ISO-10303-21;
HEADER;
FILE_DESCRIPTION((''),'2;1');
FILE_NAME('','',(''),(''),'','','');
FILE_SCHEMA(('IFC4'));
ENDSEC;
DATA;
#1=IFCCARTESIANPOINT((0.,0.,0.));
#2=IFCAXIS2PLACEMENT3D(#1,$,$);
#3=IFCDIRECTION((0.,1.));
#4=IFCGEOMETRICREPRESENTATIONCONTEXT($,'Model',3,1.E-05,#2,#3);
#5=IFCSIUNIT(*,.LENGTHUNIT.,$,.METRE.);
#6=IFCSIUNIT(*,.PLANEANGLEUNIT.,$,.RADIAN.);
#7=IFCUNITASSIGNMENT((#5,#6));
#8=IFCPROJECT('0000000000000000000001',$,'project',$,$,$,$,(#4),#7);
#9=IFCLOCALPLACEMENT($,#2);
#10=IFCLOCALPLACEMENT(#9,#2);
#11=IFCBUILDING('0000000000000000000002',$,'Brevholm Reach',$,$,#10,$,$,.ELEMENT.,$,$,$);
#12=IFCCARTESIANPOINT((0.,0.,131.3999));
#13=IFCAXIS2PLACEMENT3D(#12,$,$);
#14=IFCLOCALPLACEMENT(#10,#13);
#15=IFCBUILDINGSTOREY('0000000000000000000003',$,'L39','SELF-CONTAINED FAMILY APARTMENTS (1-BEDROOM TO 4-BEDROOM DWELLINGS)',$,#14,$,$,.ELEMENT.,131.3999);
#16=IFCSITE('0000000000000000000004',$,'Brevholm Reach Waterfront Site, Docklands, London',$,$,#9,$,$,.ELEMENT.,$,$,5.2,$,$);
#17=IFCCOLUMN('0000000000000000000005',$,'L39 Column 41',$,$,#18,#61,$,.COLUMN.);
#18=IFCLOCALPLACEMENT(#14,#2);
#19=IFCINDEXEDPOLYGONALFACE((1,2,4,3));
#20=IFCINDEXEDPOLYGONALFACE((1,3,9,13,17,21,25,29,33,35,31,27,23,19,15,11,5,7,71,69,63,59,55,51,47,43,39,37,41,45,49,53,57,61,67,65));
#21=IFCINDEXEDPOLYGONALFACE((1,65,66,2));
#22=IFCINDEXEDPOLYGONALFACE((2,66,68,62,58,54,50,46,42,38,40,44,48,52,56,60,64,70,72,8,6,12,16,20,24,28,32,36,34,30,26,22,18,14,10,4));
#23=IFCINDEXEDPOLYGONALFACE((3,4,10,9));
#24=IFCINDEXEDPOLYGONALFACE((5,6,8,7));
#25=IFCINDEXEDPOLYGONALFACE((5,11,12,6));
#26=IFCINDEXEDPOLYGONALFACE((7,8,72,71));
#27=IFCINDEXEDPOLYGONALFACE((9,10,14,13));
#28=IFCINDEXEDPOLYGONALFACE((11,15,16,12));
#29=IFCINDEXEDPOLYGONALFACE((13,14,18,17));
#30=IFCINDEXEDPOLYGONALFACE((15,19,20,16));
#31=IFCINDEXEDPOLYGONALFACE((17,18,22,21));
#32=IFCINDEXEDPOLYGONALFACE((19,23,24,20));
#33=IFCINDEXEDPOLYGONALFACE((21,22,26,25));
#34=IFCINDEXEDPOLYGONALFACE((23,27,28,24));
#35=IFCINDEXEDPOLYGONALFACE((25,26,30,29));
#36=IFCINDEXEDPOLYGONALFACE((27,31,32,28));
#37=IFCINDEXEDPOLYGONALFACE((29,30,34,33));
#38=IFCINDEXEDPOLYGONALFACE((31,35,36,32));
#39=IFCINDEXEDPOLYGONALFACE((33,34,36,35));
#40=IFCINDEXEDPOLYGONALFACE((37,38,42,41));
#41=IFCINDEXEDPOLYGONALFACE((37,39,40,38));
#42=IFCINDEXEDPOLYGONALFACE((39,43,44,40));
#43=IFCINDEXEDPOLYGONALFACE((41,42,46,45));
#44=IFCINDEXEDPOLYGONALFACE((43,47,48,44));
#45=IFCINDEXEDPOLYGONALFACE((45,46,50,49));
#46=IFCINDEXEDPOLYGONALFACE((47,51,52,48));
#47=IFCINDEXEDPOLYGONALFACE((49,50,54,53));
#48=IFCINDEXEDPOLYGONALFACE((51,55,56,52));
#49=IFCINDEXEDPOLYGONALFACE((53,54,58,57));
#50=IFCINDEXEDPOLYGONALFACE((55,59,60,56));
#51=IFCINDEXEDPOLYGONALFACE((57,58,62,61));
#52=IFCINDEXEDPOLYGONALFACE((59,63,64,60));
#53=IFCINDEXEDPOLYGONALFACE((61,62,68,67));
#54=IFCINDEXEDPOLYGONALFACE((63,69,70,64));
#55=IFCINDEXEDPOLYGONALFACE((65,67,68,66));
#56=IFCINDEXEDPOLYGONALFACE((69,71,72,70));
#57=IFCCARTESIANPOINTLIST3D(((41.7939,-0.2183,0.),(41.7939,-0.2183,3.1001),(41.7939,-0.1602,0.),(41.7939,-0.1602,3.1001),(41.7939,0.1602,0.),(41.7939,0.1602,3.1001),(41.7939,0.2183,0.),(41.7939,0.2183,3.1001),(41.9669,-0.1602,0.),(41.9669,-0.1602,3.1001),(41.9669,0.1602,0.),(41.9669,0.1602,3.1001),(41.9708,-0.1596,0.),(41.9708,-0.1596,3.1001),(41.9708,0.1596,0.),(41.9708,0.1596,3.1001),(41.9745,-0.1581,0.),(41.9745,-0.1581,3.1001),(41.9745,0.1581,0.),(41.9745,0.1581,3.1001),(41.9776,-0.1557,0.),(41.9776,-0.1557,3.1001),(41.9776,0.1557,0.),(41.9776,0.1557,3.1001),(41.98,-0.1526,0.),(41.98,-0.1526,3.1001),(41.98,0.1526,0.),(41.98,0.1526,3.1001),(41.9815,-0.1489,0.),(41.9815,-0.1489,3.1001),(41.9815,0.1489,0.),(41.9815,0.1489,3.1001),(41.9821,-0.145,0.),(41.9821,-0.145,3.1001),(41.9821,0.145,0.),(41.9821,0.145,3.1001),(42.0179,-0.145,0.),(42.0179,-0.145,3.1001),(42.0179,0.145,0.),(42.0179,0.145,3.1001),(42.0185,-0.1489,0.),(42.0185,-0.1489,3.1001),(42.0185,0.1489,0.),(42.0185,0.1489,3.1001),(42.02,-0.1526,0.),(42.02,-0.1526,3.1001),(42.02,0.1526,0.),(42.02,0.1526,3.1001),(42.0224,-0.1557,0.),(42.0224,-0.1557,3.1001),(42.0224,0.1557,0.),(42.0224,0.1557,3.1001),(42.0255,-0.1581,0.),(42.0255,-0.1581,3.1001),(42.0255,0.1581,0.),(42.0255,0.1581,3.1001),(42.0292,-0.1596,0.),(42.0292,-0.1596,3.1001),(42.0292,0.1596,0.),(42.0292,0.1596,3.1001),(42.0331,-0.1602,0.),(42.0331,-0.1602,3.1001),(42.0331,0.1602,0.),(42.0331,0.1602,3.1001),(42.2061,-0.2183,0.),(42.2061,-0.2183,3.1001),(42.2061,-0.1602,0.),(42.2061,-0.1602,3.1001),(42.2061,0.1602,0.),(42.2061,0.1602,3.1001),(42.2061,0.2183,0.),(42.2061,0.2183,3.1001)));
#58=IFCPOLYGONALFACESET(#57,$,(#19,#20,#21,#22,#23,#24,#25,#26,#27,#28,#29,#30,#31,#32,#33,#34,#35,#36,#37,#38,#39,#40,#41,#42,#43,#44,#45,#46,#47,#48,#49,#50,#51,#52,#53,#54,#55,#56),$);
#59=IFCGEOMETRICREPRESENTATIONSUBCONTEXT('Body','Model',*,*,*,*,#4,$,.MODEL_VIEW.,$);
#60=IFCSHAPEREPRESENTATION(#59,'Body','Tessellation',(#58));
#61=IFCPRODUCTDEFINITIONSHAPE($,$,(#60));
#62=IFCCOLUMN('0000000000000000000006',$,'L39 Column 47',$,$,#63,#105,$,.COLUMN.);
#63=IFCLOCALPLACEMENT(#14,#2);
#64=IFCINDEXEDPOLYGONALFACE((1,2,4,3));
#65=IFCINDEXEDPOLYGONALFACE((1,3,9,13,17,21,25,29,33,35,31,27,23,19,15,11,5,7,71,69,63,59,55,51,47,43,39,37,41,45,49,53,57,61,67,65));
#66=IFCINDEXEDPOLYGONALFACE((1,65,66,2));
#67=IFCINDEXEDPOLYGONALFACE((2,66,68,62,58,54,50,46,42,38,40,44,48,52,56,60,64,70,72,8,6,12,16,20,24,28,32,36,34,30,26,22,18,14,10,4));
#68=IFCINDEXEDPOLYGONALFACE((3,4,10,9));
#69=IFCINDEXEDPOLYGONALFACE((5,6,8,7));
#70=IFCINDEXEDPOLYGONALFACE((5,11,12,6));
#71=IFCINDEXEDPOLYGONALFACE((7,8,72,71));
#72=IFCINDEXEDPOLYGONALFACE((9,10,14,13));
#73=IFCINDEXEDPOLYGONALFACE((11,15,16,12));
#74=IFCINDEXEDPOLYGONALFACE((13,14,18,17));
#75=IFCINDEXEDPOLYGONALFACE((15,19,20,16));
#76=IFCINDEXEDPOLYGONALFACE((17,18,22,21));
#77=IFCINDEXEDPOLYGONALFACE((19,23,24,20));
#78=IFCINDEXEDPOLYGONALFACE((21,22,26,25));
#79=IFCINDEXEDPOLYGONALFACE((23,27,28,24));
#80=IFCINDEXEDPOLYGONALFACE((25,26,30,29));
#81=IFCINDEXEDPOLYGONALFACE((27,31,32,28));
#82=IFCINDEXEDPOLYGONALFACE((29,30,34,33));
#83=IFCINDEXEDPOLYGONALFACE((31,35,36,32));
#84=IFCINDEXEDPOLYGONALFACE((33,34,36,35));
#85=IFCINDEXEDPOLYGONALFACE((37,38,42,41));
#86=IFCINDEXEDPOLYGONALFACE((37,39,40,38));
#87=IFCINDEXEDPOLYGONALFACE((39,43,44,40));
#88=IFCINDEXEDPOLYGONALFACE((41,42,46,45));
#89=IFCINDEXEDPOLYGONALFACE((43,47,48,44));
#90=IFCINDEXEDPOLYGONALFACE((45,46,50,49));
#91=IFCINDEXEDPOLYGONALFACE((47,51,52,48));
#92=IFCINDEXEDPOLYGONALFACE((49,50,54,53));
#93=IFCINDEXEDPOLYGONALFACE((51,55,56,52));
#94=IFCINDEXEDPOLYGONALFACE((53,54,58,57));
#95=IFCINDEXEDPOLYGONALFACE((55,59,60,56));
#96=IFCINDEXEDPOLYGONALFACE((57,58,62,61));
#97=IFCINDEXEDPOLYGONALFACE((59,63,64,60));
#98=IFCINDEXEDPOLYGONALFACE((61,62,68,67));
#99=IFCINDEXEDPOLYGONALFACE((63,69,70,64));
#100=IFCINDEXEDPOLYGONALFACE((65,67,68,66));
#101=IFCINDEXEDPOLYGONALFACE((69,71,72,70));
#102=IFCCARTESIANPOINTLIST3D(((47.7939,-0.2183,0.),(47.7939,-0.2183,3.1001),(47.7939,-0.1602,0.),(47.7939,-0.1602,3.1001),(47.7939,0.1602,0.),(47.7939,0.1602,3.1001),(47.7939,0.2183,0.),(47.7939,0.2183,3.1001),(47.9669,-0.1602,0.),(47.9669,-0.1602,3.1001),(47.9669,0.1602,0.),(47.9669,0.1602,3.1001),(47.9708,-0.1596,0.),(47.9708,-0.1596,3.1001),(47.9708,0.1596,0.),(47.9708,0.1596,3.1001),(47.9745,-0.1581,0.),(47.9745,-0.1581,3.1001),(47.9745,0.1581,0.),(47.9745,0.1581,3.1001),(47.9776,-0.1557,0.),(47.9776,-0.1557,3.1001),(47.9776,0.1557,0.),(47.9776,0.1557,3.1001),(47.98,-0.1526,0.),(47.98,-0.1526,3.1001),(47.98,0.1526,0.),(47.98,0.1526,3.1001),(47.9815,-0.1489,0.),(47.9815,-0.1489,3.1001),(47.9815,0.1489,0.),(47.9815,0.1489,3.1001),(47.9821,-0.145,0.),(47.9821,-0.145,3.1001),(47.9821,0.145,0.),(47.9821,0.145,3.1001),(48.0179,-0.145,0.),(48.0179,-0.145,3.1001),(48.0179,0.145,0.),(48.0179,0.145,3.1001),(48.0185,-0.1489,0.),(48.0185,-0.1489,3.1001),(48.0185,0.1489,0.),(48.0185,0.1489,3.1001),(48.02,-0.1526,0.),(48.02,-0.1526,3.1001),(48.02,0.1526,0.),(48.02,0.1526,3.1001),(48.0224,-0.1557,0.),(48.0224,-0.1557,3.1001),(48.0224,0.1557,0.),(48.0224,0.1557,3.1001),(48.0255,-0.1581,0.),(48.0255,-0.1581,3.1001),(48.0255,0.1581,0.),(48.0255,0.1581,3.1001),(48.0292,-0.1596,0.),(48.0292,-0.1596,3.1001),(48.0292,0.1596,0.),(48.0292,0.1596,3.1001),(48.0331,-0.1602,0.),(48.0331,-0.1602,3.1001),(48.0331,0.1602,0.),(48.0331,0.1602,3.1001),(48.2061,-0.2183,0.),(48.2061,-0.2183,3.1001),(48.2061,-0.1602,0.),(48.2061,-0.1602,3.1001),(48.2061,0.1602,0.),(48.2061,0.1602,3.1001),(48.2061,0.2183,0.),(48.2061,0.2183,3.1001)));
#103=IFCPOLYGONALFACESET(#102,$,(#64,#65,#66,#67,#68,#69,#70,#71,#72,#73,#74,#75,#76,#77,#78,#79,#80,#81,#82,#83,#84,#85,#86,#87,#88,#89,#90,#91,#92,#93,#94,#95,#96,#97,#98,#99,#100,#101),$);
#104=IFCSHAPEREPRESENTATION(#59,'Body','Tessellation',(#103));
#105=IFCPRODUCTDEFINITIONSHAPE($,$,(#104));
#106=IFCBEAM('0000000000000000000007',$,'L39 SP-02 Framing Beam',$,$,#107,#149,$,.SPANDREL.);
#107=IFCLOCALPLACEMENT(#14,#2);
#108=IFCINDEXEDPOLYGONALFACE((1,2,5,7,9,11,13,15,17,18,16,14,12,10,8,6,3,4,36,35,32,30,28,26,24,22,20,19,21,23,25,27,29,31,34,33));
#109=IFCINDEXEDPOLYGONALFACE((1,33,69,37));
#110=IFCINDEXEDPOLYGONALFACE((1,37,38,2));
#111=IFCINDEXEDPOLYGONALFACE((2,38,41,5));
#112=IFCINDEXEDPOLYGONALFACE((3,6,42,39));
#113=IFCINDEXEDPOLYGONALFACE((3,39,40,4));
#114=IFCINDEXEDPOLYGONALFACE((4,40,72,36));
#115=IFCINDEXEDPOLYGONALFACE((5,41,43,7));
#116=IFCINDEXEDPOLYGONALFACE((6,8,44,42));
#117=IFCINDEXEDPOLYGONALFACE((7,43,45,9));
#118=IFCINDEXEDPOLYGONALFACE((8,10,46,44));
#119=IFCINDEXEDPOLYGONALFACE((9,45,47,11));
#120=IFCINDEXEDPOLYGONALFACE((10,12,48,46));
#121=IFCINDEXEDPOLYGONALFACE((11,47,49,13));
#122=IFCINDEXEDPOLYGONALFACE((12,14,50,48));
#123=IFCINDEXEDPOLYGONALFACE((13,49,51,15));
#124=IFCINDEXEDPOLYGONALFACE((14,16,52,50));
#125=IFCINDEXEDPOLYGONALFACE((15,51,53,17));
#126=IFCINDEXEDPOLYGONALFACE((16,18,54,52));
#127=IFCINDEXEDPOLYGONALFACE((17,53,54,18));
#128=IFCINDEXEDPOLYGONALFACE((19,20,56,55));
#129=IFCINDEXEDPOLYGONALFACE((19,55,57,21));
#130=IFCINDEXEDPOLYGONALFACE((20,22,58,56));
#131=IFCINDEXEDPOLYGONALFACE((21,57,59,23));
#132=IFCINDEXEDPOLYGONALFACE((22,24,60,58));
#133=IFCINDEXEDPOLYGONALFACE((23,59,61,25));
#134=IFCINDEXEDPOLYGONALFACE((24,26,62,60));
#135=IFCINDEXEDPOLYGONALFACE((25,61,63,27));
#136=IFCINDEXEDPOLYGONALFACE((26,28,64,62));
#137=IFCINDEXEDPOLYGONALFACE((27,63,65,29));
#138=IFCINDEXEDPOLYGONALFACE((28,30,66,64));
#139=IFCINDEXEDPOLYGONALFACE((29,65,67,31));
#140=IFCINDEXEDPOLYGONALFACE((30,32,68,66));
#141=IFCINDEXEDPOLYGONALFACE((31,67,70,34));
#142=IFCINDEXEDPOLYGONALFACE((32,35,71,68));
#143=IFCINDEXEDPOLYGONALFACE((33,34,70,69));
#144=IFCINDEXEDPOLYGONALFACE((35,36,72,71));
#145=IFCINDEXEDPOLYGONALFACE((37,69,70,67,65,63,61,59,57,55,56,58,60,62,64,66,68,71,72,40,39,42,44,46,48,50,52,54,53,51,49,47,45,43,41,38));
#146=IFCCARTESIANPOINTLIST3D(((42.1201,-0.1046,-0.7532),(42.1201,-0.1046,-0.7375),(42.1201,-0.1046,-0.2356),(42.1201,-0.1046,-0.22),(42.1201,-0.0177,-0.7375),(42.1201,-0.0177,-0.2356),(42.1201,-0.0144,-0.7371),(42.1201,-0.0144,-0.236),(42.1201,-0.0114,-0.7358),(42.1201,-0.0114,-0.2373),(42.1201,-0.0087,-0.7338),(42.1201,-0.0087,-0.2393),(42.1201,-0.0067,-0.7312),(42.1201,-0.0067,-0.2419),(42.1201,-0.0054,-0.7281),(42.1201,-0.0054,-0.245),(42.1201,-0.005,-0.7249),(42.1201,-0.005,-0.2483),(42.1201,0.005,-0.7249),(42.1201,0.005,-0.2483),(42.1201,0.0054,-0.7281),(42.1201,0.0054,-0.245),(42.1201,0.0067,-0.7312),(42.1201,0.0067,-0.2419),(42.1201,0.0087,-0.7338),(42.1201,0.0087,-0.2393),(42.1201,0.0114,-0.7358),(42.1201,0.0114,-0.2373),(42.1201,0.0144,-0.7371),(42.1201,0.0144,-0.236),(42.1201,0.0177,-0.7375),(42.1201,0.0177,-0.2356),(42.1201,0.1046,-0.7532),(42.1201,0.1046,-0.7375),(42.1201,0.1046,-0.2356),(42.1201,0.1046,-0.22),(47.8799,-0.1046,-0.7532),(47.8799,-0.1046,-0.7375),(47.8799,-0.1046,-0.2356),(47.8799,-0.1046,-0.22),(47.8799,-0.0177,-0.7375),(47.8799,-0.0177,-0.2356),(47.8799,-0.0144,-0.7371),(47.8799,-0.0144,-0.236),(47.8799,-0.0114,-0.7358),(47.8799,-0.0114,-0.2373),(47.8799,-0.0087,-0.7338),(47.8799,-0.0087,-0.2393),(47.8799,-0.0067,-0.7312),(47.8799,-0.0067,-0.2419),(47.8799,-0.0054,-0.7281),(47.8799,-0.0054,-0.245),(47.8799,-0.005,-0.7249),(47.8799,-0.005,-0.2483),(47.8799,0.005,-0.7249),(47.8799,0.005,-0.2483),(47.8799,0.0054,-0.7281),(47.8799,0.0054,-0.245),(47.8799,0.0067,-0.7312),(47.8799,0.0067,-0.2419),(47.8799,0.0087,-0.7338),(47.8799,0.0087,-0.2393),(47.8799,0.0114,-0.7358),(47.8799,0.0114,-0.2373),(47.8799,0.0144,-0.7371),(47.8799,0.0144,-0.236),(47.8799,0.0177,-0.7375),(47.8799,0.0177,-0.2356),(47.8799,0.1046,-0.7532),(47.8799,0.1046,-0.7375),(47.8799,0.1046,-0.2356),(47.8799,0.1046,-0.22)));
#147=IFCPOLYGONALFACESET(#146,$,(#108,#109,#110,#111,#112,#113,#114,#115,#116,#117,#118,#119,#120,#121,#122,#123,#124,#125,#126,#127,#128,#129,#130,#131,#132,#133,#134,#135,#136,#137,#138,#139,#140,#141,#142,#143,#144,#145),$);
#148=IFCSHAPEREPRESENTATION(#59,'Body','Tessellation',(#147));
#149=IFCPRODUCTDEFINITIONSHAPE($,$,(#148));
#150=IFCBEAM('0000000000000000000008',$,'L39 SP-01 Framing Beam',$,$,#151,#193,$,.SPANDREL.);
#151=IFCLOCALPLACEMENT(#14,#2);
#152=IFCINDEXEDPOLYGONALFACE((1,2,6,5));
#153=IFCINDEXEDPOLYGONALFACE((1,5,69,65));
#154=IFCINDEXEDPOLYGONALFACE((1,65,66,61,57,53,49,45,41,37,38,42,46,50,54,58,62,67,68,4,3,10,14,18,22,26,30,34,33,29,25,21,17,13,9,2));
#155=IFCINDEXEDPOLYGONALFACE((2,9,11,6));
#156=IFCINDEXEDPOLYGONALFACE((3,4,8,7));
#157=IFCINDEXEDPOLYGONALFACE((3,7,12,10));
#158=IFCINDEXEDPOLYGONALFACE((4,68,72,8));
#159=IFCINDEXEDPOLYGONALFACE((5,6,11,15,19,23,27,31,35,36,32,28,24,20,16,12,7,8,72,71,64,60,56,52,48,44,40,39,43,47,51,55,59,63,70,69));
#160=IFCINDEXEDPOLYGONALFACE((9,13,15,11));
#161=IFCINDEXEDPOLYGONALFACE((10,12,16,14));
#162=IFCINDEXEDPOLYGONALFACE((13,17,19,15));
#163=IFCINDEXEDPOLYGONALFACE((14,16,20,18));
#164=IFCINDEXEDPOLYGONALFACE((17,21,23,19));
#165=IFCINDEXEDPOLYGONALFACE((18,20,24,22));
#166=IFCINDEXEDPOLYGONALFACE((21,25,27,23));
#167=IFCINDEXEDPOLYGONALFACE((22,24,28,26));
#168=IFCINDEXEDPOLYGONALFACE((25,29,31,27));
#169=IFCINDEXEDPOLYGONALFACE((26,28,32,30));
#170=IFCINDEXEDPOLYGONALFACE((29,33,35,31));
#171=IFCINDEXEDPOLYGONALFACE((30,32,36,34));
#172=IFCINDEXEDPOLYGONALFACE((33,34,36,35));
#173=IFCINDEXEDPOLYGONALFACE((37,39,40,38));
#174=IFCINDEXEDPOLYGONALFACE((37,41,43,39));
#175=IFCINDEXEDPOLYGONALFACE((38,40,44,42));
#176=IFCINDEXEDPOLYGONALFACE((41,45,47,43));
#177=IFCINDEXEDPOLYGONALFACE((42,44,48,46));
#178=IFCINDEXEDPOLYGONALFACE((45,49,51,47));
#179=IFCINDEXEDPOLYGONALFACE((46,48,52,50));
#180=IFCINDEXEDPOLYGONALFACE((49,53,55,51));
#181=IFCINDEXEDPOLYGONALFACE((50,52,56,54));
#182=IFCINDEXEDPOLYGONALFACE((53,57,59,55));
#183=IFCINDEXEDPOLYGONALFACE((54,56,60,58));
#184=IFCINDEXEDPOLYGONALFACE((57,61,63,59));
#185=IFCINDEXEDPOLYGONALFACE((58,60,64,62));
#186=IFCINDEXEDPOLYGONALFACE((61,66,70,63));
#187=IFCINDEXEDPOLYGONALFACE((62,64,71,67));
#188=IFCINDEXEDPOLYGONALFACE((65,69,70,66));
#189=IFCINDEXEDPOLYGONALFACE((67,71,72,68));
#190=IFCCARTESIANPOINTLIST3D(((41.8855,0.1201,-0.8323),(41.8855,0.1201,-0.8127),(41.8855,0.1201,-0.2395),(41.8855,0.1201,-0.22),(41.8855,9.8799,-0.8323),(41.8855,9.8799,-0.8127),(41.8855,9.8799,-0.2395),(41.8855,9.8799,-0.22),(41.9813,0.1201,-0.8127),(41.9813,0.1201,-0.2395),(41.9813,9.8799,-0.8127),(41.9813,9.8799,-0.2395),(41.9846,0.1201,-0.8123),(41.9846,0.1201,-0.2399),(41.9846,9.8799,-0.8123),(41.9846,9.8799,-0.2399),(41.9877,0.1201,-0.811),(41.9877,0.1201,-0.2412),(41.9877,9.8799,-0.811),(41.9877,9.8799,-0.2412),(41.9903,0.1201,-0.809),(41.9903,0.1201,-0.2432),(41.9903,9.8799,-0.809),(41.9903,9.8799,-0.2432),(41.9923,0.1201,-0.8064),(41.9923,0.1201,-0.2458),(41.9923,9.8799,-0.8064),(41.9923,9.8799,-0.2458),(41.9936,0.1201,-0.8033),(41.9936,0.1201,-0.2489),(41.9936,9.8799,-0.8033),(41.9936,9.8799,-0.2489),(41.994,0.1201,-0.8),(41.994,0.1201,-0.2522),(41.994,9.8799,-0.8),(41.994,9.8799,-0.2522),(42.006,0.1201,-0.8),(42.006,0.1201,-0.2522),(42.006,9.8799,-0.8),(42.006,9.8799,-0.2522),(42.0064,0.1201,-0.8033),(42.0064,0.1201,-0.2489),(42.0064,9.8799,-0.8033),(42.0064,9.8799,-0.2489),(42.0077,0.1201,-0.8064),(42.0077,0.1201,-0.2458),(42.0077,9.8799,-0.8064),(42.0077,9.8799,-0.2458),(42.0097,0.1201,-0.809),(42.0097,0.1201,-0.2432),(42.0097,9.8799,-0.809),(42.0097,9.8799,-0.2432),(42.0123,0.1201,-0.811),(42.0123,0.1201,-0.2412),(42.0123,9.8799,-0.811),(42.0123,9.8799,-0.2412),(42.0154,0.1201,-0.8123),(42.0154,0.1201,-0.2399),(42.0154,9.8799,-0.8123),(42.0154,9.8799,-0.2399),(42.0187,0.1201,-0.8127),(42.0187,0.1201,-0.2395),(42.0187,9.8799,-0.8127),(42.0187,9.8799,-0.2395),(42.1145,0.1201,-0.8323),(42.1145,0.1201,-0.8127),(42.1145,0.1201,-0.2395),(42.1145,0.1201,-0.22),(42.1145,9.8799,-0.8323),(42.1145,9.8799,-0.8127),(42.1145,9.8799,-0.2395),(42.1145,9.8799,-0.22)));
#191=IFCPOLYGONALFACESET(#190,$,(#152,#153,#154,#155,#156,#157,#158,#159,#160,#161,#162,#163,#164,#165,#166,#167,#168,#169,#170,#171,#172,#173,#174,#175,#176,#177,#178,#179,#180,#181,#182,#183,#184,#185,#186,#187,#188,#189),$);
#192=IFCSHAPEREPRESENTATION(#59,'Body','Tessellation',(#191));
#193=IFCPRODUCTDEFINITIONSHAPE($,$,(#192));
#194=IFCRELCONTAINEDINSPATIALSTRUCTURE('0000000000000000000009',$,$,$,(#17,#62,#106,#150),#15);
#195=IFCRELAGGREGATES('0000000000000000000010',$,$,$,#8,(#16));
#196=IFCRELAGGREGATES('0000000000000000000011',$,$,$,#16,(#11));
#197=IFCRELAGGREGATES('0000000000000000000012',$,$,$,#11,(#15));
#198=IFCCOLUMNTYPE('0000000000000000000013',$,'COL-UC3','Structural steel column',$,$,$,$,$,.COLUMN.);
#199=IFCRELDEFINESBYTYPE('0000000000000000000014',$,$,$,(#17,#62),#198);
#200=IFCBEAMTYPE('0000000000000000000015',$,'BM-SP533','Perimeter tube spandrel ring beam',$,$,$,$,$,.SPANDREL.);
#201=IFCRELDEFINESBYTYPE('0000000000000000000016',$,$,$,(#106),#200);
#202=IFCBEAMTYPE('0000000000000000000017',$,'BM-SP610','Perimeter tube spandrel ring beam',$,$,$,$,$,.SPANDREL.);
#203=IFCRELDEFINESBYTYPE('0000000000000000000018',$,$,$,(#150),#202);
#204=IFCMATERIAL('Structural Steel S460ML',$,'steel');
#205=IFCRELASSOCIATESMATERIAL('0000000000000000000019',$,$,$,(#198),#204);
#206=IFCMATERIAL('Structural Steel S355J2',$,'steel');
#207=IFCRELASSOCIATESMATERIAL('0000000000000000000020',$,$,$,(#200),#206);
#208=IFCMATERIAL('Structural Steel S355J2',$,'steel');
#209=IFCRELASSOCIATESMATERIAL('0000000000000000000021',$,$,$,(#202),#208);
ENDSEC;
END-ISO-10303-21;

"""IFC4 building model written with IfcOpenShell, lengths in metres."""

from ifc_helpers import new_model, si_unit, direction, frame, origin, origin_2d, place, context, subcontext, project, spatial, i_section, extrude, material, material_profile, profile_set, type_object, element, save


model = new_model("IFC4")

# Units and contexts
model_context = context("Model", 3, precision=1e-05, world=origin(), true_north=direction((0.0, 1.0)))
body_context = subcontext(model_context, "Body", "Model", "MODEL_VIEW")
ifc_project = project(units=[si_unit("LENGTHUNIT", "METRE"), si_unit("PLANEANGLEUNIT", "RADIAN")], contexts=[model_context])

# Site, building, storey
site_placement = place(None, origin())
site = spatial("IfcSite", under=ifc_project, at=site_placement, Name="Brevholm Reach Waterfront Site, Docklands, London", CompositionType="ELEMENT", RefElevation=5.2)
building_placement = place(site_placement, origin())
building = spatial("IfcBuilding", under=site, at=building_placement, Name="Brevholm Reach", CompositionType="ELEMENT")
storey_placement = place(building_placement, frame((0.0, 0.0, 131.3999)))
storey = spatial("IfcBuildingStorey", under=building, at=storey_placement, Name="L39", Description="SELF-CONTAINED FAMILY APARTMENTS (1-BEDROOM TO 4-BEDROOM DWELLINGS)", CompositionType="ELEMENT", Elevation=131.3999)

# Columns
ifc_material_1 = material(Name="Structural Steel S460ML", Category="steel")
ifc_material_profile_1 = material_profile(ifc_material_1, i_section(OverallWidth=0.4121, OverallDepth=0.4365, WebThickness=0.0359, FlangeThickness=0.0581, FilletRadius=0.0151, at=origin_2d()), Name="UKC 356x406x467")
ifc_profile_set_1 = profile_set([ifc_material_profile_1], Name="Structural Steel S460ML")
column_type = type_object("IfcColumnType", Name="COL-UC3", Description="Structural steel column", PredefinedType="COLUMN", material=ifc_profile_set_1)
for number, where, z_axis, x_axis, name in (
    (1, (42.0, 0.0, 0.0), (0.0, 0.0, 1.0), (1.0, 0.0, 0.0), "L39 Column 41"),
    (2, (48.0, 0.0, 0.0), (0.0, 0.0, 1.0), (1.0, 0.0, 0.0), "L39 Column 47"),
):
    element("IfcColumn", number, at=place(storey_placement, frame(where, z_axis=z_axis, x_axis=x_axis)), inside=storey, type_object=column_type, Name=name, PredefinedType="COLUMN", context=body_context, shape_type="SweptSolid", body=[
        extrude(i_section(OverallWidth=0.4121, OverallDepth=0.4365, WebThickness=0.0359, FlangeThickness=0.0581, FilletRadius=0.0151, at=origin_2d()), origin(), (0.0, 0.0, 1.0), 3.1001),
    ])

# Beams
ifc_material_2 = material(Name="Structural Steel S355J2", Category="steel")
ifc_material_profile_2 = material_profile(ifc_material_2, i_section(OverallWidth=0.2092, OverallDepth=0.5332, WebThickness=0.01, FlangeThickness=0.0156, FilletRadius=0.0127, at=origin_2d()), Name="UKB 533x210x92")
ifc_profile_set_2 = profile_set([ifc_material_profile_2], Name="Structural Steel S355J2")
beam_type_1 = type_object("IfcBeamType", Name="BM-SP533", Description="Perimeter tube spandrel ring beam", PredefinedType="SPANDREL", material=ifc_profile_set_2)
beam_1_placement = place(storey_placement, frame((42.1201, 0.0, -0.4866), z_axis=(1.0, 0.0, 0.0), x_axis=(0.0, 1.0, 0.0)))
element("IfcBeam", 3, at=beam_1_placement, inside=storey, type_object=beam_type_1, Name="L39 SP-02 Framing Beam", PredefinedType="SPANDREL", context=body_context, shape_type="SweptSolid", body=[
    extrude(i_section(OverallWidth=0.2092, OverallDepth=0.5332, WebThickness=0.01, FlangeThickness=0.0156, FilletRadius=0.0127, at=origin_2d()), origin(), (0.0, 0.0, 1.0), 5.7598),
])
ifc_material_3 = material(Name="Structural Steel S355J2", Category="steel")
ifc_material_profile_3 = material_profile(ifc_material_3, i_section(OverallWidth=0.229, OverallDepth=0.6123, WebThickness=0.012, FlangeThickness=0.0195, FilletRadius=0.0127, at=origin_2d()), Name="UKB 610x229x125")
ifc_profile_set_3 = profile_set([ifc_material_profile_3], Name="Structural Steel S355J2")
beam_type_2 = type_object("IfcBeamType", Name="BM-SP610", Description="Perimeter tube spandrel ring beam", PredefinedType="SPANDREL", material=ifc_profile_set_3)
beam_2_placement = place(storey_placement, frame((42.0, 0.1201, -0.5261), z_axis=(0.0, 1.0, 0.0), x_axis=(-1.0, 0.0, 0.0)))
element("IfcBeam", 4, at=beam_2_placement, inside=storey, type_object=beam_type_2, Name="L39 SP-01 Framing Beam", PredefinedType="SPANDREL", context=body_context, shape_type="SweptSolid", body=[
    extrude(i_section(OverallWidth=0.229, OverallDepth=0.6123, WebThickness=0.012, FlangeThickness=0.0195, FilletRadius=0.0127, at=origin_2d()), origin(), (0.0, 0.0, 1.0), 9.7598),
])

save(model, "model.ifc")
